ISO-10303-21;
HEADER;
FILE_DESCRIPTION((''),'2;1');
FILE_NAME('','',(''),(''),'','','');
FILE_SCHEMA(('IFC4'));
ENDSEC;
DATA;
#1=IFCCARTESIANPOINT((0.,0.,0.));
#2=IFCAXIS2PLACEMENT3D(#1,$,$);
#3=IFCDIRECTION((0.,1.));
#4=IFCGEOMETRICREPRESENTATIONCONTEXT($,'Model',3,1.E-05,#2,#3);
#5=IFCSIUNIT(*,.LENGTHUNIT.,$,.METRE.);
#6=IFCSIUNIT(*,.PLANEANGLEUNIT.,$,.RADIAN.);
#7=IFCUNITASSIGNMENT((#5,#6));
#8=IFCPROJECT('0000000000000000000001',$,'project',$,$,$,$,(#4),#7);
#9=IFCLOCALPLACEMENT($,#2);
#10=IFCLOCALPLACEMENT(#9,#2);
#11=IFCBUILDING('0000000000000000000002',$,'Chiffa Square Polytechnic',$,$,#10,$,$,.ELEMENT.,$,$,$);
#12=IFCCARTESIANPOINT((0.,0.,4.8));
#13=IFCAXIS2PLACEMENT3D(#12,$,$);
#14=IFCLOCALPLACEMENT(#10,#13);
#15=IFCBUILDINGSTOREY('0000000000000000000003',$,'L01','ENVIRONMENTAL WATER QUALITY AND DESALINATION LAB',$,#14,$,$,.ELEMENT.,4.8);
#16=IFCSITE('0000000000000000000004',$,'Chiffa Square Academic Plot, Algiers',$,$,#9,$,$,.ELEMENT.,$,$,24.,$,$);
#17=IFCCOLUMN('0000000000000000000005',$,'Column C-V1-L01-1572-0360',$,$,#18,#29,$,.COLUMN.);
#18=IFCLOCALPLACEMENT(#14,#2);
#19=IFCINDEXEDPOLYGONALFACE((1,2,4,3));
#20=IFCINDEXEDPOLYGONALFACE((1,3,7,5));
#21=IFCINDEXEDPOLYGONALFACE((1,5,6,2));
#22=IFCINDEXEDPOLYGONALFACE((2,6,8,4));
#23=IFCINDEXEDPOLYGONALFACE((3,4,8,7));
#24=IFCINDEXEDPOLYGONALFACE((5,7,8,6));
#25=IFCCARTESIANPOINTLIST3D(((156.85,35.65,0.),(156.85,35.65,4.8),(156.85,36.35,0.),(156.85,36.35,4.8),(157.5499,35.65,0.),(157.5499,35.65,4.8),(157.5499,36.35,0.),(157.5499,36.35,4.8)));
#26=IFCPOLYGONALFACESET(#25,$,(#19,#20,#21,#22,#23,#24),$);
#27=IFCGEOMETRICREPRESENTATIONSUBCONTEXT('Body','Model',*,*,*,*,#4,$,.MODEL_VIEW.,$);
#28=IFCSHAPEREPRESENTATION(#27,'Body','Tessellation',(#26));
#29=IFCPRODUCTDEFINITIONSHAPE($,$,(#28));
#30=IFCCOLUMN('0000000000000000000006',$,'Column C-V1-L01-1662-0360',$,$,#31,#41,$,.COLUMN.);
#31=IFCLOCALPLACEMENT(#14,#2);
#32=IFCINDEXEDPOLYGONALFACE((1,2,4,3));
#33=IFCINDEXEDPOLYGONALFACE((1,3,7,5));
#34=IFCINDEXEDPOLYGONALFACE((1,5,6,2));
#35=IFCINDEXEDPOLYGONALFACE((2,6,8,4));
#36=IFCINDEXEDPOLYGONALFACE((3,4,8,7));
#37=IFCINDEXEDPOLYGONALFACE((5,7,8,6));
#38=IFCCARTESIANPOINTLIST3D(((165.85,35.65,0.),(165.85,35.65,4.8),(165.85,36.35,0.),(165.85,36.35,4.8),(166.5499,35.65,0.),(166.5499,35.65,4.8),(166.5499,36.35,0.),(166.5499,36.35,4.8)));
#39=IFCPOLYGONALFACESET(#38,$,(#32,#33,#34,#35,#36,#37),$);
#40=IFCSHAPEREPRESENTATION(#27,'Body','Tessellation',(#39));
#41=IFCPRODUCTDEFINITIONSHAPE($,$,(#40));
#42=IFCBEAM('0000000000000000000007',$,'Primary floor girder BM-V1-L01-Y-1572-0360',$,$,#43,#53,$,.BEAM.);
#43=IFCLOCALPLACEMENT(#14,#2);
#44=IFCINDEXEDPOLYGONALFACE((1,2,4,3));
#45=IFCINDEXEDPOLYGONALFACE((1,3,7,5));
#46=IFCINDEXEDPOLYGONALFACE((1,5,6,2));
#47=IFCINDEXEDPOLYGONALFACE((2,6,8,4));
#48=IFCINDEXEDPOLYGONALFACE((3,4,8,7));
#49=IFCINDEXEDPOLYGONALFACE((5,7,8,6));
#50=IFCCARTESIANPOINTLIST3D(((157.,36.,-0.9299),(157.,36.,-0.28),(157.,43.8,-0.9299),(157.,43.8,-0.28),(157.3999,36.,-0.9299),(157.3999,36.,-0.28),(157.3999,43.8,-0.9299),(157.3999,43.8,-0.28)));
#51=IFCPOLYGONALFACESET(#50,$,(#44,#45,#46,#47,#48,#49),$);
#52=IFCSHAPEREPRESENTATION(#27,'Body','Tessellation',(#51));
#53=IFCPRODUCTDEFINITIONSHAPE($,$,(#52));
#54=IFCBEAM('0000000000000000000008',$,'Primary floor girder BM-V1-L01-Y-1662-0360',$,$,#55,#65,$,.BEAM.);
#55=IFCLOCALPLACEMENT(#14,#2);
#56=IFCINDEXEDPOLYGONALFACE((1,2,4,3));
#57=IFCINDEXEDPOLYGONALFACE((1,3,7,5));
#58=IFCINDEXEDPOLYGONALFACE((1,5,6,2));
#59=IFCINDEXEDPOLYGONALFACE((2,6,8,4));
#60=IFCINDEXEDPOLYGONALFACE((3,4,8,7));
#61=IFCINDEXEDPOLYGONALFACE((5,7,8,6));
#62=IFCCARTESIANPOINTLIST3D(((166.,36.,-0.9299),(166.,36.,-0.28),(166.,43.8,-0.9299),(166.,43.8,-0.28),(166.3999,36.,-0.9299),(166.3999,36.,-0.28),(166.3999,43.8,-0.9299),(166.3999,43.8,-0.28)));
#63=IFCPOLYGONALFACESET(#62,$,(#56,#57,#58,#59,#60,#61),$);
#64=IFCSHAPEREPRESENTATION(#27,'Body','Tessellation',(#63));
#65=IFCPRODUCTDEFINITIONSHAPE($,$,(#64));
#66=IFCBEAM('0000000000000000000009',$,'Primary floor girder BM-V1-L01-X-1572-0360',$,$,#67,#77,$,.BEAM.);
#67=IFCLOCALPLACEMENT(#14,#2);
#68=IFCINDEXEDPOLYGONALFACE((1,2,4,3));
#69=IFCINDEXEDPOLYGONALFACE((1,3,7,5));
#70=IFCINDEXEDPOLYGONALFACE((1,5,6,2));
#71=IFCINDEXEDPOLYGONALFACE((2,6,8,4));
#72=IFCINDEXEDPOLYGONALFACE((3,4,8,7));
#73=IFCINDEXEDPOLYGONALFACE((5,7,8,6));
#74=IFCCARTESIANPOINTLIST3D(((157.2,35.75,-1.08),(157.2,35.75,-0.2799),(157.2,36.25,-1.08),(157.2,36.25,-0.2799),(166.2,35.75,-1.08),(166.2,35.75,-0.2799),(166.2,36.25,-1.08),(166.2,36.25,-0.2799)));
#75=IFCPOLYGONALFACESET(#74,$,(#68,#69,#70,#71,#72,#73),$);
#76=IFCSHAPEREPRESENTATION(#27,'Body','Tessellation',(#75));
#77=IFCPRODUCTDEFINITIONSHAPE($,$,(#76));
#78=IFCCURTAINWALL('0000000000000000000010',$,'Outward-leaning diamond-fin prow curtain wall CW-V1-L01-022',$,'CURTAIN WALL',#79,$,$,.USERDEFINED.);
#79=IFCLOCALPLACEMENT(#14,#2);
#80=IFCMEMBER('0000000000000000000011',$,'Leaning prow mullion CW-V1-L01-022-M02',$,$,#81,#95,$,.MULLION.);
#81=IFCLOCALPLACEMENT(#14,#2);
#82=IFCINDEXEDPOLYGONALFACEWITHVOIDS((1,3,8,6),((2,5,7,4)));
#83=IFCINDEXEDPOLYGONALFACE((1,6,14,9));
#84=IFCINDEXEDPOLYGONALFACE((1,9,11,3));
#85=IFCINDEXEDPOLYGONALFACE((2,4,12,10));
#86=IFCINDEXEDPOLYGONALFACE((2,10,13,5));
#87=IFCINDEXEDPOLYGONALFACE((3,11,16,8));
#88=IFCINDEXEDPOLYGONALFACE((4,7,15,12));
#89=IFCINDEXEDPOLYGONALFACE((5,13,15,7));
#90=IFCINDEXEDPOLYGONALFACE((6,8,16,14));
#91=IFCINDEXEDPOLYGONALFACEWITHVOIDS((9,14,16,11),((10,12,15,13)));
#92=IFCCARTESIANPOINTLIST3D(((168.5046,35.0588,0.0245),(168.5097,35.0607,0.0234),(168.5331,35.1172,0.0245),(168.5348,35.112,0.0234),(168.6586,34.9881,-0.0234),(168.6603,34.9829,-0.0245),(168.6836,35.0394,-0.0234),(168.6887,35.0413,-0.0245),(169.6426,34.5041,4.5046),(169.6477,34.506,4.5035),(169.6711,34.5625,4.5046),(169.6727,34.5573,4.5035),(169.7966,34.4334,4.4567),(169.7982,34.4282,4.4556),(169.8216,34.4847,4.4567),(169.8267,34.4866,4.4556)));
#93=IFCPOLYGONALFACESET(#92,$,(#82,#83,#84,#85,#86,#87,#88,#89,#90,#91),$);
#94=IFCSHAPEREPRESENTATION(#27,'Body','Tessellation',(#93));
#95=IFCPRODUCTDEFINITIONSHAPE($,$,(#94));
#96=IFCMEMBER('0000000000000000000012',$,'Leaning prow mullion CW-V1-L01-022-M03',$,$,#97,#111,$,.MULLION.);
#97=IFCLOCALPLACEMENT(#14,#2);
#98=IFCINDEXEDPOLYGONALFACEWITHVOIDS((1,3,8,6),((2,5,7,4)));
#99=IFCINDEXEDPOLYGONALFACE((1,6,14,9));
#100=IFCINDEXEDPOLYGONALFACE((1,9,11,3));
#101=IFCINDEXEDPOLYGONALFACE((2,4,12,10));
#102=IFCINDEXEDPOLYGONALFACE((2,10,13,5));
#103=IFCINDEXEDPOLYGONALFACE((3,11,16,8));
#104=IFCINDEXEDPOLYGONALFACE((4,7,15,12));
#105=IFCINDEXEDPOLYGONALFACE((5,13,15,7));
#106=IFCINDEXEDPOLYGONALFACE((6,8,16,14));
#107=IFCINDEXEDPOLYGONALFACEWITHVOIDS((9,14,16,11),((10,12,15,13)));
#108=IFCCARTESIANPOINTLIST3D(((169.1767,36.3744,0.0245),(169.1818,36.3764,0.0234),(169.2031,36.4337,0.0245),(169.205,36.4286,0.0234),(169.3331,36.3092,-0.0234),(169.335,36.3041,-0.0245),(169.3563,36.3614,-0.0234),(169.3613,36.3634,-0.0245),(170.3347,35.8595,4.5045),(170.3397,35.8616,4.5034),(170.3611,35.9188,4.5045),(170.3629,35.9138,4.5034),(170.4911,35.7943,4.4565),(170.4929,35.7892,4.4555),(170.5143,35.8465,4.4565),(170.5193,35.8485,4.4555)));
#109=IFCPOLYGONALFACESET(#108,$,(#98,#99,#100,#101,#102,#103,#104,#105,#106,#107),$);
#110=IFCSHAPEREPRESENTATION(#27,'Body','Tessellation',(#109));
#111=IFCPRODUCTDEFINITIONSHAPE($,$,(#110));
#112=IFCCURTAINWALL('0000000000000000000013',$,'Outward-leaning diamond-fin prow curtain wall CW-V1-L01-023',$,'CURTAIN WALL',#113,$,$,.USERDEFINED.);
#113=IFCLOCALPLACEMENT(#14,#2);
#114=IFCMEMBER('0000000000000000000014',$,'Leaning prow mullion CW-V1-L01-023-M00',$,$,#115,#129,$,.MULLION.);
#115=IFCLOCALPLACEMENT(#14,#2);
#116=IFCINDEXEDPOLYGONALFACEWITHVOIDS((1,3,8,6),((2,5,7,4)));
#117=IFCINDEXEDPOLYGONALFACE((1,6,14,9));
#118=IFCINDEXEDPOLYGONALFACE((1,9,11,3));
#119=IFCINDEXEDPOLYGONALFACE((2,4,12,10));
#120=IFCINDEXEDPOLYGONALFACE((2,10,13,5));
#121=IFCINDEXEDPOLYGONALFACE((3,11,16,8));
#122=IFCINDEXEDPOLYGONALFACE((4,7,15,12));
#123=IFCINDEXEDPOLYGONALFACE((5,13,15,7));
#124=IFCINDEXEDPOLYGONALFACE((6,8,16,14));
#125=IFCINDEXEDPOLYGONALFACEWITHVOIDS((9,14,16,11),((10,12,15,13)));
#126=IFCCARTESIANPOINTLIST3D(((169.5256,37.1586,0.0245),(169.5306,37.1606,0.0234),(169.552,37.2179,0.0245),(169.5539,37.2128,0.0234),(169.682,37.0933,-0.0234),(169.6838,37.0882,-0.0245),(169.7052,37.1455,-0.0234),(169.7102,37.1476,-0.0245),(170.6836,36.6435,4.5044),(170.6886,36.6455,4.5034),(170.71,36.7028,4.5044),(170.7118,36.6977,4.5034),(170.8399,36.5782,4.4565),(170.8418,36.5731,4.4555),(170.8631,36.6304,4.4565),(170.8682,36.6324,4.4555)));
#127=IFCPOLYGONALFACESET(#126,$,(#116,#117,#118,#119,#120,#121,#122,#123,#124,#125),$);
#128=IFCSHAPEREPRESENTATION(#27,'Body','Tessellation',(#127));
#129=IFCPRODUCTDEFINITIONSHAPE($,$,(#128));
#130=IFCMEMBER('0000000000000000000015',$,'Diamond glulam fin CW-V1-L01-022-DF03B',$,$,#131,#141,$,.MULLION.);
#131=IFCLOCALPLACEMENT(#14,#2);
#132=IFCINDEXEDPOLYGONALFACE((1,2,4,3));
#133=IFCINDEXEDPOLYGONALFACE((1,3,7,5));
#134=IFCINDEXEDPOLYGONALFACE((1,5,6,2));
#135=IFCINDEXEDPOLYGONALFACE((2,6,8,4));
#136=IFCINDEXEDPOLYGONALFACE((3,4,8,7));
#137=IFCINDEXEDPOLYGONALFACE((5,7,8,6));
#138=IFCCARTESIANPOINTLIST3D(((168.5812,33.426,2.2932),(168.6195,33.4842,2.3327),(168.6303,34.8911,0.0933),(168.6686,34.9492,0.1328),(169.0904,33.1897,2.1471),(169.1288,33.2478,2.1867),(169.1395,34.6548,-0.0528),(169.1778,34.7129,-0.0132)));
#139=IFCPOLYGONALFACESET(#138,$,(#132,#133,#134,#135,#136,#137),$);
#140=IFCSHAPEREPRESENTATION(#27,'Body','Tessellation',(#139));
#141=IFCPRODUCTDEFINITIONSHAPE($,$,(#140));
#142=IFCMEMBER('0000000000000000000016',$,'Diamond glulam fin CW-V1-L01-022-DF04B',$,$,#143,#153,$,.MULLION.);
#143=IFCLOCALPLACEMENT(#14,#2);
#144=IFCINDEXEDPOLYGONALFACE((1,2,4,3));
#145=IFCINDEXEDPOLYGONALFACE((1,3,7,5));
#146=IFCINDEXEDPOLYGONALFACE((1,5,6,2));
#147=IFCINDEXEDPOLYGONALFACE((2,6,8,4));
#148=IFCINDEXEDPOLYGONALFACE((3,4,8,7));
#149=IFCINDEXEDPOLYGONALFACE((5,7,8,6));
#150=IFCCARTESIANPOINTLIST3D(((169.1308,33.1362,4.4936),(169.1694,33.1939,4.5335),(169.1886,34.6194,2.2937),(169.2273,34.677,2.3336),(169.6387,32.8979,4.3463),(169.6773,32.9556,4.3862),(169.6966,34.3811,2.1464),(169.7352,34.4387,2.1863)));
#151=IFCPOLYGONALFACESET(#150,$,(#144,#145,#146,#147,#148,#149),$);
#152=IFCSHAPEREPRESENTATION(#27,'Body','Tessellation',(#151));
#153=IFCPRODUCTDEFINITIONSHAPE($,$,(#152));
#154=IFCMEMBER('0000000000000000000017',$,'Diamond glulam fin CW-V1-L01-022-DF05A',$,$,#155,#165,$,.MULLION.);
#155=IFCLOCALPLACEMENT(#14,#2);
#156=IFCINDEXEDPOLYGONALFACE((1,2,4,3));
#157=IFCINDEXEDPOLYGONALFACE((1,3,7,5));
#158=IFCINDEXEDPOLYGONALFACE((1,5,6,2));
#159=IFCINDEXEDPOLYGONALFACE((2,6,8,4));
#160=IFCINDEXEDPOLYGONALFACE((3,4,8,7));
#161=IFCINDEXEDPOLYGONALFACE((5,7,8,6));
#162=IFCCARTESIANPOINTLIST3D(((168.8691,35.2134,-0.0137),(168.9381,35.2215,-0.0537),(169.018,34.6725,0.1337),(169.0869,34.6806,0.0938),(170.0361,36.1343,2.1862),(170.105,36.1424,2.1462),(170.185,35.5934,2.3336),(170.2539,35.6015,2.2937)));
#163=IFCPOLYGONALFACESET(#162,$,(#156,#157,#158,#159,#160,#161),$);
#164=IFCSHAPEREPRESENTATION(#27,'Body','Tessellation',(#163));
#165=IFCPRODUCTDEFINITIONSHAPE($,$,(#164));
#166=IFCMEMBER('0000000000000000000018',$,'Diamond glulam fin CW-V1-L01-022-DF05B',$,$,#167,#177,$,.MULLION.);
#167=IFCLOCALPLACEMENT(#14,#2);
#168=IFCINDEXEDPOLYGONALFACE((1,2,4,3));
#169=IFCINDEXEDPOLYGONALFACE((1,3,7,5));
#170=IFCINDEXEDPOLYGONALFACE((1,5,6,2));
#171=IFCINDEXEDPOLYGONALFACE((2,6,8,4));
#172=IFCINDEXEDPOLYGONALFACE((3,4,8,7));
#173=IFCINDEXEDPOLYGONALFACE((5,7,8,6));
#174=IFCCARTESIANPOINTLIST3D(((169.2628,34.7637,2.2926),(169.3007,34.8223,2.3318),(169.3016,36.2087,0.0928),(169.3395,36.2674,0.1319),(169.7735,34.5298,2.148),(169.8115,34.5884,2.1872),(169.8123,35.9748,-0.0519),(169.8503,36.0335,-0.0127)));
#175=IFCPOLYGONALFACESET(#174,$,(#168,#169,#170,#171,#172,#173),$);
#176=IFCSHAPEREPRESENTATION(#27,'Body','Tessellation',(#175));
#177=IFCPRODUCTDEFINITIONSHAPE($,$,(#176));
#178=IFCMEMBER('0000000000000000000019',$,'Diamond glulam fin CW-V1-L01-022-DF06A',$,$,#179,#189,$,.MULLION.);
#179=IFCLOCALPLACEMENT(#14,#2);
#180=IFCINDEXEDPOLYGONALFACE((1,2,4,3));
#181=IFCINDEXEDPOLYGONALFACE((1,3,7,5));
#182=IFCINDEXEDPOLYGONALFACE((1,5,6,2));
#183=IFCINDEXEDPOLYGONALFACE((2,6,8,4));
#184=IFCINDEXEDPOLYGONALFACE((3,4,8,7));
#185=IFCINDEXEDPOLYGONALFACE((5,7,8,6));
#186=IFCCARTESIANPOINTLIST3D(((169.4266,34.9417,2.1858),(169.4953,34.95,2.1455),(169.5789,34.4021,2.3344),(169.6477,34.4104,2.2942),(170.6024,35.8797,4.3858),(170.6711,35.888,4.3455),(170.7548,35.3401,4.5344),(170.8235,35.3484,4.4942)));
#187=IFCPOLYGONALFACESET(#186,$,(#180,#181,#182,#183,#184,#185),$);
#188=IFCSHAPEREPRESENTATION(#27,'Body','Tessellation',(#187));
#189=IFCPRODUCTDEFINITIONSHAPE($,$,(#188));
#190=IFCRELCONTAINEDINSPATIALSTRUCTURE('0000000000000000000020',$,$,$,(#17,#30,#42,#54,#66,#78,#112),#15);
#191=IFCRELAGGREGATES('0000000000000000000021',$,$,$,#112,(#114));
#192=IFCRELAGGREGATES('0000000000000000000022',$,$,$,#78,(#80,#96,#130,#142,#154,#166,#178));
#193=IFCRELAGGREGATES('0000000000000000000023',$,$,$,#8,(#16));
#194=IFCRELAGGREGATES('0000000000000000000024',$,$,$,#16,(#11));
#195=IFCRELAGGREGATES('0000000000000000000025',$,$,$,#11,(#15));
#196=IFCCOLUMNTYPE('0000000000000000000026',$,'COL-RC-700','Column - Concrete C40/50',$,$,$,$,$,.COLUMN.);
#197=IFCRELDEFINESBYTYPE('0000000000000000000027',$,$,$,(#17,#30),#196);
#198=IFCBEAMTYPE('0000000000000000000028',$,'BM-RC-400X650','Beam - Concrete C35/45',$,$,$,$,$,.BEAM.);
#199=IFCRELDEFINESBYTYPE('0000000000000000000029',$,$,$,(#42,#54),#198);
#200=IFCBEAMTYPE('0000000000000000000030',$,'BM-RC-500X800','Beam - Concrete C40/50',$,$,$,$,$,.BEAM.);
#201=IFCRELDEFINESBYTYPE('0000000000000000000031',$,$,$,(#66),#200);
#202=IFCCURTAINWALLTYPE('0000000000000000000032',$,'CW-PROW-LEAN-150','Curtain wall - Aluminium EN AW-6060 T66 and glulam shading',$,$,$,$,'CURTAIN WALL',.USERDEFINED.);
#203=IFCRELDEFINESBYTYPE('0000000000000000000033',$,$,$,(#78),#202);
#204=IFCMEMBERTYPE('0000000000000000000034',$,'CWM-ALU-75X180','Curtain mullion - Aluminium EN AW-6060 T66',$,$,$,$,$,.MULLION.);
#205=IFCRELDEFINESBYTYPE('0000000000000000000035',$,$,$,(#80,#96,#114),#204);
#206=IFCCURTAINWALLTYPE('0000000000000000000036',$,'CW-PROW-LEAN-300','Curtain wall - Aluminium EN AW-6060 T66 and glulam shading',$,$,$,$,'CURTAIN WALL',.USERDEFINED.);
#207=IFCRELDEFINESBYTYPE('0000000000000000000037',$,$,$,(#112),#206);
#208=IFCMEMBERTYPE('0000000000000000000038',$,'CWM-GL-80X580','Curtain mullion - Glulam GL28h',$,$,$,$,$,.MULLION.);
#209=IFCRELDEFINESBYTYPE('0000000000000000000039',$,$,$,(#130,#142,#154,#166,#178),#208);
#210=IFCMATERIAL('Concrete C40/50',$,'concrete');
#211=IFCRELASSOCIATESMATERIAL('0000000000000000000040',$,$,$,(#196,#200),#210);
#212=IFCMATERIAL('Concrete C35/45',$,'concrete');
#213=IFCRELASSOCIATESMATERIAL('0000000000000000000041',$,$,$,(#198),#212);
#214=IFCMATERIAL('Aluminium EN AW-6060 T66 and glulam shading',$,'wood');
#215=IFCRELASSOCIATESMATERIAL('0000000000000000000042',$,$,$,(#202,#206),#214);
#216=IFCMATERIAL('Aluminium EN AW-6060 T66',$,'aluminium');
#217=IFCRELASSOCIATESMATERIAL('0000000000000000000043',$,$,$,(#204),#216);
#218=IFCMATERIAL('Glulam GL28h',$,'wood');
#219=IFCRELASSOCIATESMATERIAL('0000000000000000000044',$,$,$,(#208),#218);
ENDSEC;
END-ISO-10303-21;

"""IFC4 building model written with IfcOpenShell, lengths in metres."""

from ifc_helpers import new_model, si_unit, direction, frame, origin, origin_2d, place, context, subcontext, project, spatial, rectangle, hollow_rectangle, extrude, material, material_profile, profile_set, type_object, element, aggregate, save


model = new_model("IFC4")

# Units and contexts
model_context = context("Model", 3, precision=1e-05, world=origin(), true_north=direction((0.0, 1.0)))
body_context = subcontext(model_context, "Body", "Model", "MODEL_VIEW")
ifc_project = project(units=[si_unit("LENGTHUNIT", "METRE"), si_unit("PLANEANGLEUNIT", "RADIAN")], contexts=[model_context])

# Site, building, storey
site_placement = place(None, origin())
site = spatial("IfcSite", under=ifc_project, at=site_placement, Name="Chiffa Square Academic Plot, Algiers", CompositionType="ELEMENT", RefElevation=24.0)
building_placement = place(site_placement, origin())
building = spatial("IfcBuilding", under=site, at=building_placement, Name="Chiffa Square Polytechnic", CompositionType="ELEMENT")
storey_placement = place(building_placement, frame((0.0, 0.0, 4.8)))
storey = spatial("IfcBuildingStorey", under=building, at=storey_placement, Name="L01", Description="ENVIRONMENTAL WATER QUALITY AND DESALINATION LAB", CompositionType="ELEMENT", Elevation=4.8)

# Columns
ifc_material_1 = material(Name="Concrete C40/50", Category="concrete")
ifc_material_profile_1 = material_profile(ifc_material_1, rectangle(XDim=0.7, YDim=0.7, at=origin_2d()), Name="RC 700x700")
ifc_profile_set_1 = profile_set([ifc_material_profile_1], Name="Concrete C40/50")
column_type = type_object("IfcColumnType", Name="COL-RC-700", Description="Column - Concrete C40/50", PredefinedType="COLUMN", material=ifc_profile_set_1)
for number, where, z_axis, x_axis, name in (
    (1, (157.2, 36.0, 0.0), (0.0, 0.0, 1.0), (1.0, 0.0, 0.0), "Column C-V1-L01-1572-0360"),
    (2, (166.2, 36.0, 0.0), (0.0, 0.0, 1.0), (1.0, 0.0, 0.0), "Column C-V1-L01-1662-0360"),
):
    element("IfcColumn", number, at=place(storey_placement, frame(where, z_axis=z_axis, x_axis=x_axis)), inside=storey, type_object=column_type, Name=name, PredefinedType="COLUMN", context=body_context, shape_type="SweptSolid", body=[
        extrude(rectangle(XDim=0.7, YDim=0.7, at=origin_2d()), origin(), (0.0, 0.0, 1.0), 4.8),
    ])

# Beams
ifc_material_2 = material(Name="Concrete C35/45", Category="concrete")
ifc_material_profile_2 = material_profile(ifc_material_2, rectangle(XDim=0.3999, YDim=0.6499, at=origin_2d()), Name="RC 400x650")
ifc_profile_set_2 = profile_set([ifc_material_profile_2], Name="Concrete C35/45")
beam_type_1 = type_object("IfcBeamType", Name="BM-RC-400X650", Description="Beam - Concrete C35/45", PredefinedType="BEAM", material=ifc_profile_set_2)
for number, where, z_axis, x_axis, name in (
    (3, (157.2, 36.0, -0.605), (0.0, 1.0, 0.0), (-1.0, 0.0, 0.0), "Primary floor girder BM-V1-L01-Y-1572-0360"),
    (4, (166.2, 36.0, -0.605), (0.0, 1.0, 0.0), (-1.0, 0.0, 0.0), "Primary floor girder BM-V1-L01-Y-1662-0360"),
):
    element("IfcBeam", number, at=place(storey_placement, frame(where, z_axis=z_axis, x_axis=x_axis)), inside=storey, type_object=beam_type_1, Name=name, PredefinedType="BEAM", context=body_context, shape_type="SweptSolid", body=[
        extrude(rectangle(XDim=0.3999, YDim=0.6499, at=origin_2d()), origin(), (0.0, 0.0, 1.0), 7.8),
    ])
ifc_material_profile_3 = material_profile(ifc_material_1, rectangle(XDim=0.5, YDim=0.8, at=origin_2d()), Name="RC 500x800")
ifc_profile_set_3 = profile_set([ifc_material_profile_3], Name="Concrete C40/50")
beam_type_2 = type_object("IfcBeamType", Name="BM-RC-500X800", Description="Beam - Concrete C40/50", PredefinedType="BEAM", material=ifc_profile_set_3)
beam_placement = place(storey_placement, frame((157.2, 36.0, -0.6799), z_axis=(1.0, 0.0, 0.0), x_axis=(0.0, 1.0, 0.0)))
element("IfcBeam", 5, at=beam_placement, inside=storey, type_object=beam_type_2, Name="Primary floor girder BM-V1-L01-X-1572-0360", PredefinedType="BEAM", context=body_context, shape_type="SweptSolid", body=[
    extrude(rectangle(XDim=0.5, YDim=0.8, at=origin_2d()), origin(), (0.0, 0.0, 1.0), 9.0),
])

# Curtain wall, members
ifc_material_3 = material(Name="Aluminium EN AW-6060 T66 and glulam shading", Category="wood")
curtain_wall_type_1 = type_object("IfcCurtainWallType", Name="CW-PROW-LEAN-150", Description="Curtain wall - Aluminium EN AW-6060 T66 and glulam shading", ElementType="CURTAIN WALL", PredefinedType="USERDEFINED", material=ifc_material_3)
curtain_wall_1_placement = place(storey_placement, origin())
curtain_wall_1 = element("IfcCurtainWall", 6, at=curtain_wall_1_placement, inside=storey, type_object=curtain_wall_type_1, Name="Outward-leaning diamond-fin prow curtain wall CW-V1-L01-022", ObjectType="CURTAIN WALL", PredefinedType="USERDEFINED")
ifc_material_4 = material(Name="Aluminium EN AW-6060 T66", Category="aluminium")
ifc_material_profile_4 = material_profile(ifc_material_4, hollow_rectangle(XDim=0.0649, YDim=0.1799, WallThickness=0.0039, at=origin_2d()), Name="ALU 65x180x4")
ifc_profile_set_4 = profile_set([ifc_material_profile_4], Name="Aluminium EN AW-6060 T66")
member_type_1 = type_object("IfcMemberType", Name="CWM-ALU-75X180", Description="Curtain mullion - Aluminium EN AW-6060 T66", PredefinedType="MULLION", material=ifc_profile_set_4)
member_1_placement = place(storey_placement, frame((168.5967, 35.05, 0.0), z_axis=(0.244434, -0.119149, 0.962318), x_axis=(0.438165, 0.898894, 0.0)))
member_1 = element("IfcMember", 7, at=member_1_placement, type_object=member_type_1, Name="Leaning prow mullion CW-V1-L01-022-M02", PredefinedType="MULLION", context=body_context, shape_type="SweptSolid", body=[
    extrude(hollow_rectangle(XDim=0.0649, YDim=0.1799, WallThickness=0.0039, at=origin_2d()), origin(), (0.0, 0.0, 1.0), 4.6555),
])
member_2_placement = place(storey_placement, frame((169.269, 36.3689, 0.0), z_axis=(0.248715, -0.110592, 0.962242), x_axis=(0.406299, 0.91374, 0.0)))
member_2 = element("IfcMember", 8, at=member_2_placement, type_object=member_type_1, Name="Leaning prow mullion CW-V1-L01-022-M03", PredefinedType="MULLION", context=body_context, shape_type="SweptSolid", body=[
    extrude(hollow_rectangle(XDim=0.0649, YDim=0.1799, WallThickness=0.0039, at=origin_2d()), origin(), (0.0, 0.0, 1.0), 4.6558),
])

# Curtain wall, member
curtain_wall_type_2 = type_object("IfcCurtainWallType", Name="CW-PROW-LEAN-300", Description="Curtain wall - Aluminium EN AW-6060 T66 and glulam shading", ElementType="CURTAIN WALL", PredefinedType="USERDEFINED", material=ifc_material_3)
curtain_wall_2_placement = place(storey_placement, origin())
curtain_wall_2 = element("IfcCurtainWall", 9, at=curtain_wall_2_placement, inside=storey, type_object=curtain_wall_type_2, Name="Outward-leaning diamond-fin prow curtain wall CW-V1-L01-023", ObjectType="CURTAIN WALL", PredefinedType="USERDEFINED")
member_3_placement = place(storey_placement, frame((169.6179, 37.1531, 0.0), z_axis=(0.248713, -0.110644, 0.962237), x_axis=(0.40646, 0.913669, 0.0)))
member_3 = element("IfcMember", 10, at=member_3_placement, type_object=member_type_1, Name="Leaning prow mullion CW-V1-L01-023-M00", PredefinedType="MULLION", context=body_context, shape_type="SweptSolid", body=[
    extrude(hollow_rectangle(XDim=0.0649, YDim=0.1799, WallThickness=0.0039, at=origin_2d()), origin(), (0.0, 0.0, 1.0), 4.6558),
])

# Members
ifc_material_5 = material(Name="Glulam GL28h", Category="wood")
ifc_material_profile_5 = material_profile(ifc_material_5, rectangle(XDim=0.0801, YDim=0.5801, at=origin_2d()), Name="GL28h 80x580")
ifc_profile_set_5 = profile_set([ifc_material_profile_5], Name="Glulam GL28h")
member_type_2 = type_object("IfcMemberType", Name="CWM-GL-80X580", Description="Curtain mullion - Glulam GL28h", PredefinedType="MULLION", material=ifc_profile_set_5)
member_4_placement = place(storey_placement, frame((168.9041, 34.802, 0.04), z_axis=(-0.018563, -0.5542, 0.832177), x_axis=(0.478557, 0.725862, 0.494072)))
member_4 = element("IfcMember", 11, at=member_4_placement, type_object=member_type_2, Name="Diamond glulam fin CW-V1-L01-022-DF03B", PredefinedType="MULLION", context=body_context, shape_type="SweptSolid", body=[
    extrude(rectangle(XDim=0.0801, YDim=0.5801, at=origin_2d()), origin(), (0.0, 0.0, 1.0), 2.6436),
])
member_5_placement = place(storey_placement, frame((169.4619, 34.5291, 2.24), z_axis=(-0.021803, -0.558871, 0.828968), x_axis=(0.482439, 0.720357, 0.498336)))
member_5 = element("IfcMember", 12, at=member_5_placement, type_object=member_type_2, Name="Diamond glulam fin CW-V1-L01-022-DF04B", PredefinedType="MULLION", context=body_context, shape_type="SweptSolid", body=[
    extrude(rectangle(XDim=0.0801, YDim=0.5801, at=origin_2d()), origin(), (0.0, 0.0, 1.0), 2.6538),
])
member_6_placement = place(storey_placement, frame((168.978, 34.947, 0.04), z_axis=(0.439524, 0.346838, 0.828567), x_axis=(-0.860781, -0.100941, 0.498866)))
member_6 = element("IfcMember", 13, at=member_6_placement, type_object=member_type_2, Name="Diamond glulam fin CW-V1-L01-022-DF05A", PredefinedType="MULLION", context=body_context, shape_type="SweptSolid", body=[
    extrude(rectangle(XDim=0.0801, YDim=0.5801, at=origin_2d()), origin(), (0.0, 0.0, 1.0), 2.655),
])
member_7_placement = place(storey_placement, frame((169.5759, 36.1211, 0.04), z_axis=(-0.014746, -0.548955, 0.835722), x_axis=(0.473822, 0.732174, 0.489299)))
member_7 = element("IfcMember", 14, at=member_7_placement, type_object=member_type_2, Name="Diamond glulam fin CW-V1-L01-022-DF05B", PredefinedType="MULLION", context=body_context, shape_type="SweptSolid", body=[
    extrude(rectangle(XDim=0.0801, YDim=0.5801, at=origin_2d()), origin(), (0.0, 0.0, 1.0), 2.6323),
])
member_8_placement = place(storey_placement, frame((169.5371, 34.676, 2.24), z_axis=(0.441199, 0.351969, 0.825507), x_axis=(-0.858102, -0.103802, 0.502877)))
member_8 = element("IfcMember", 15, at=member_8_placement, type_object=member_type_2, Name="Diamond glulam fin CW-V1-L01-022-DF06A", PredefinedType="MULLION", context=body_context, shape_type="SweptSolid", body=[
    extrude(rectangle(XDim=0.0801, YDim=0.5801, at=origin_2d()), origin(), (0.0, 0.0, 1.0), 2.665),
])
aggregate(curtain_wall_2, [member_3])

aggregate(curtain_wall_1, [member_1, member_2, member_4, member_5, member_6, member_7, member_8])

save(model, "model.ifc")
